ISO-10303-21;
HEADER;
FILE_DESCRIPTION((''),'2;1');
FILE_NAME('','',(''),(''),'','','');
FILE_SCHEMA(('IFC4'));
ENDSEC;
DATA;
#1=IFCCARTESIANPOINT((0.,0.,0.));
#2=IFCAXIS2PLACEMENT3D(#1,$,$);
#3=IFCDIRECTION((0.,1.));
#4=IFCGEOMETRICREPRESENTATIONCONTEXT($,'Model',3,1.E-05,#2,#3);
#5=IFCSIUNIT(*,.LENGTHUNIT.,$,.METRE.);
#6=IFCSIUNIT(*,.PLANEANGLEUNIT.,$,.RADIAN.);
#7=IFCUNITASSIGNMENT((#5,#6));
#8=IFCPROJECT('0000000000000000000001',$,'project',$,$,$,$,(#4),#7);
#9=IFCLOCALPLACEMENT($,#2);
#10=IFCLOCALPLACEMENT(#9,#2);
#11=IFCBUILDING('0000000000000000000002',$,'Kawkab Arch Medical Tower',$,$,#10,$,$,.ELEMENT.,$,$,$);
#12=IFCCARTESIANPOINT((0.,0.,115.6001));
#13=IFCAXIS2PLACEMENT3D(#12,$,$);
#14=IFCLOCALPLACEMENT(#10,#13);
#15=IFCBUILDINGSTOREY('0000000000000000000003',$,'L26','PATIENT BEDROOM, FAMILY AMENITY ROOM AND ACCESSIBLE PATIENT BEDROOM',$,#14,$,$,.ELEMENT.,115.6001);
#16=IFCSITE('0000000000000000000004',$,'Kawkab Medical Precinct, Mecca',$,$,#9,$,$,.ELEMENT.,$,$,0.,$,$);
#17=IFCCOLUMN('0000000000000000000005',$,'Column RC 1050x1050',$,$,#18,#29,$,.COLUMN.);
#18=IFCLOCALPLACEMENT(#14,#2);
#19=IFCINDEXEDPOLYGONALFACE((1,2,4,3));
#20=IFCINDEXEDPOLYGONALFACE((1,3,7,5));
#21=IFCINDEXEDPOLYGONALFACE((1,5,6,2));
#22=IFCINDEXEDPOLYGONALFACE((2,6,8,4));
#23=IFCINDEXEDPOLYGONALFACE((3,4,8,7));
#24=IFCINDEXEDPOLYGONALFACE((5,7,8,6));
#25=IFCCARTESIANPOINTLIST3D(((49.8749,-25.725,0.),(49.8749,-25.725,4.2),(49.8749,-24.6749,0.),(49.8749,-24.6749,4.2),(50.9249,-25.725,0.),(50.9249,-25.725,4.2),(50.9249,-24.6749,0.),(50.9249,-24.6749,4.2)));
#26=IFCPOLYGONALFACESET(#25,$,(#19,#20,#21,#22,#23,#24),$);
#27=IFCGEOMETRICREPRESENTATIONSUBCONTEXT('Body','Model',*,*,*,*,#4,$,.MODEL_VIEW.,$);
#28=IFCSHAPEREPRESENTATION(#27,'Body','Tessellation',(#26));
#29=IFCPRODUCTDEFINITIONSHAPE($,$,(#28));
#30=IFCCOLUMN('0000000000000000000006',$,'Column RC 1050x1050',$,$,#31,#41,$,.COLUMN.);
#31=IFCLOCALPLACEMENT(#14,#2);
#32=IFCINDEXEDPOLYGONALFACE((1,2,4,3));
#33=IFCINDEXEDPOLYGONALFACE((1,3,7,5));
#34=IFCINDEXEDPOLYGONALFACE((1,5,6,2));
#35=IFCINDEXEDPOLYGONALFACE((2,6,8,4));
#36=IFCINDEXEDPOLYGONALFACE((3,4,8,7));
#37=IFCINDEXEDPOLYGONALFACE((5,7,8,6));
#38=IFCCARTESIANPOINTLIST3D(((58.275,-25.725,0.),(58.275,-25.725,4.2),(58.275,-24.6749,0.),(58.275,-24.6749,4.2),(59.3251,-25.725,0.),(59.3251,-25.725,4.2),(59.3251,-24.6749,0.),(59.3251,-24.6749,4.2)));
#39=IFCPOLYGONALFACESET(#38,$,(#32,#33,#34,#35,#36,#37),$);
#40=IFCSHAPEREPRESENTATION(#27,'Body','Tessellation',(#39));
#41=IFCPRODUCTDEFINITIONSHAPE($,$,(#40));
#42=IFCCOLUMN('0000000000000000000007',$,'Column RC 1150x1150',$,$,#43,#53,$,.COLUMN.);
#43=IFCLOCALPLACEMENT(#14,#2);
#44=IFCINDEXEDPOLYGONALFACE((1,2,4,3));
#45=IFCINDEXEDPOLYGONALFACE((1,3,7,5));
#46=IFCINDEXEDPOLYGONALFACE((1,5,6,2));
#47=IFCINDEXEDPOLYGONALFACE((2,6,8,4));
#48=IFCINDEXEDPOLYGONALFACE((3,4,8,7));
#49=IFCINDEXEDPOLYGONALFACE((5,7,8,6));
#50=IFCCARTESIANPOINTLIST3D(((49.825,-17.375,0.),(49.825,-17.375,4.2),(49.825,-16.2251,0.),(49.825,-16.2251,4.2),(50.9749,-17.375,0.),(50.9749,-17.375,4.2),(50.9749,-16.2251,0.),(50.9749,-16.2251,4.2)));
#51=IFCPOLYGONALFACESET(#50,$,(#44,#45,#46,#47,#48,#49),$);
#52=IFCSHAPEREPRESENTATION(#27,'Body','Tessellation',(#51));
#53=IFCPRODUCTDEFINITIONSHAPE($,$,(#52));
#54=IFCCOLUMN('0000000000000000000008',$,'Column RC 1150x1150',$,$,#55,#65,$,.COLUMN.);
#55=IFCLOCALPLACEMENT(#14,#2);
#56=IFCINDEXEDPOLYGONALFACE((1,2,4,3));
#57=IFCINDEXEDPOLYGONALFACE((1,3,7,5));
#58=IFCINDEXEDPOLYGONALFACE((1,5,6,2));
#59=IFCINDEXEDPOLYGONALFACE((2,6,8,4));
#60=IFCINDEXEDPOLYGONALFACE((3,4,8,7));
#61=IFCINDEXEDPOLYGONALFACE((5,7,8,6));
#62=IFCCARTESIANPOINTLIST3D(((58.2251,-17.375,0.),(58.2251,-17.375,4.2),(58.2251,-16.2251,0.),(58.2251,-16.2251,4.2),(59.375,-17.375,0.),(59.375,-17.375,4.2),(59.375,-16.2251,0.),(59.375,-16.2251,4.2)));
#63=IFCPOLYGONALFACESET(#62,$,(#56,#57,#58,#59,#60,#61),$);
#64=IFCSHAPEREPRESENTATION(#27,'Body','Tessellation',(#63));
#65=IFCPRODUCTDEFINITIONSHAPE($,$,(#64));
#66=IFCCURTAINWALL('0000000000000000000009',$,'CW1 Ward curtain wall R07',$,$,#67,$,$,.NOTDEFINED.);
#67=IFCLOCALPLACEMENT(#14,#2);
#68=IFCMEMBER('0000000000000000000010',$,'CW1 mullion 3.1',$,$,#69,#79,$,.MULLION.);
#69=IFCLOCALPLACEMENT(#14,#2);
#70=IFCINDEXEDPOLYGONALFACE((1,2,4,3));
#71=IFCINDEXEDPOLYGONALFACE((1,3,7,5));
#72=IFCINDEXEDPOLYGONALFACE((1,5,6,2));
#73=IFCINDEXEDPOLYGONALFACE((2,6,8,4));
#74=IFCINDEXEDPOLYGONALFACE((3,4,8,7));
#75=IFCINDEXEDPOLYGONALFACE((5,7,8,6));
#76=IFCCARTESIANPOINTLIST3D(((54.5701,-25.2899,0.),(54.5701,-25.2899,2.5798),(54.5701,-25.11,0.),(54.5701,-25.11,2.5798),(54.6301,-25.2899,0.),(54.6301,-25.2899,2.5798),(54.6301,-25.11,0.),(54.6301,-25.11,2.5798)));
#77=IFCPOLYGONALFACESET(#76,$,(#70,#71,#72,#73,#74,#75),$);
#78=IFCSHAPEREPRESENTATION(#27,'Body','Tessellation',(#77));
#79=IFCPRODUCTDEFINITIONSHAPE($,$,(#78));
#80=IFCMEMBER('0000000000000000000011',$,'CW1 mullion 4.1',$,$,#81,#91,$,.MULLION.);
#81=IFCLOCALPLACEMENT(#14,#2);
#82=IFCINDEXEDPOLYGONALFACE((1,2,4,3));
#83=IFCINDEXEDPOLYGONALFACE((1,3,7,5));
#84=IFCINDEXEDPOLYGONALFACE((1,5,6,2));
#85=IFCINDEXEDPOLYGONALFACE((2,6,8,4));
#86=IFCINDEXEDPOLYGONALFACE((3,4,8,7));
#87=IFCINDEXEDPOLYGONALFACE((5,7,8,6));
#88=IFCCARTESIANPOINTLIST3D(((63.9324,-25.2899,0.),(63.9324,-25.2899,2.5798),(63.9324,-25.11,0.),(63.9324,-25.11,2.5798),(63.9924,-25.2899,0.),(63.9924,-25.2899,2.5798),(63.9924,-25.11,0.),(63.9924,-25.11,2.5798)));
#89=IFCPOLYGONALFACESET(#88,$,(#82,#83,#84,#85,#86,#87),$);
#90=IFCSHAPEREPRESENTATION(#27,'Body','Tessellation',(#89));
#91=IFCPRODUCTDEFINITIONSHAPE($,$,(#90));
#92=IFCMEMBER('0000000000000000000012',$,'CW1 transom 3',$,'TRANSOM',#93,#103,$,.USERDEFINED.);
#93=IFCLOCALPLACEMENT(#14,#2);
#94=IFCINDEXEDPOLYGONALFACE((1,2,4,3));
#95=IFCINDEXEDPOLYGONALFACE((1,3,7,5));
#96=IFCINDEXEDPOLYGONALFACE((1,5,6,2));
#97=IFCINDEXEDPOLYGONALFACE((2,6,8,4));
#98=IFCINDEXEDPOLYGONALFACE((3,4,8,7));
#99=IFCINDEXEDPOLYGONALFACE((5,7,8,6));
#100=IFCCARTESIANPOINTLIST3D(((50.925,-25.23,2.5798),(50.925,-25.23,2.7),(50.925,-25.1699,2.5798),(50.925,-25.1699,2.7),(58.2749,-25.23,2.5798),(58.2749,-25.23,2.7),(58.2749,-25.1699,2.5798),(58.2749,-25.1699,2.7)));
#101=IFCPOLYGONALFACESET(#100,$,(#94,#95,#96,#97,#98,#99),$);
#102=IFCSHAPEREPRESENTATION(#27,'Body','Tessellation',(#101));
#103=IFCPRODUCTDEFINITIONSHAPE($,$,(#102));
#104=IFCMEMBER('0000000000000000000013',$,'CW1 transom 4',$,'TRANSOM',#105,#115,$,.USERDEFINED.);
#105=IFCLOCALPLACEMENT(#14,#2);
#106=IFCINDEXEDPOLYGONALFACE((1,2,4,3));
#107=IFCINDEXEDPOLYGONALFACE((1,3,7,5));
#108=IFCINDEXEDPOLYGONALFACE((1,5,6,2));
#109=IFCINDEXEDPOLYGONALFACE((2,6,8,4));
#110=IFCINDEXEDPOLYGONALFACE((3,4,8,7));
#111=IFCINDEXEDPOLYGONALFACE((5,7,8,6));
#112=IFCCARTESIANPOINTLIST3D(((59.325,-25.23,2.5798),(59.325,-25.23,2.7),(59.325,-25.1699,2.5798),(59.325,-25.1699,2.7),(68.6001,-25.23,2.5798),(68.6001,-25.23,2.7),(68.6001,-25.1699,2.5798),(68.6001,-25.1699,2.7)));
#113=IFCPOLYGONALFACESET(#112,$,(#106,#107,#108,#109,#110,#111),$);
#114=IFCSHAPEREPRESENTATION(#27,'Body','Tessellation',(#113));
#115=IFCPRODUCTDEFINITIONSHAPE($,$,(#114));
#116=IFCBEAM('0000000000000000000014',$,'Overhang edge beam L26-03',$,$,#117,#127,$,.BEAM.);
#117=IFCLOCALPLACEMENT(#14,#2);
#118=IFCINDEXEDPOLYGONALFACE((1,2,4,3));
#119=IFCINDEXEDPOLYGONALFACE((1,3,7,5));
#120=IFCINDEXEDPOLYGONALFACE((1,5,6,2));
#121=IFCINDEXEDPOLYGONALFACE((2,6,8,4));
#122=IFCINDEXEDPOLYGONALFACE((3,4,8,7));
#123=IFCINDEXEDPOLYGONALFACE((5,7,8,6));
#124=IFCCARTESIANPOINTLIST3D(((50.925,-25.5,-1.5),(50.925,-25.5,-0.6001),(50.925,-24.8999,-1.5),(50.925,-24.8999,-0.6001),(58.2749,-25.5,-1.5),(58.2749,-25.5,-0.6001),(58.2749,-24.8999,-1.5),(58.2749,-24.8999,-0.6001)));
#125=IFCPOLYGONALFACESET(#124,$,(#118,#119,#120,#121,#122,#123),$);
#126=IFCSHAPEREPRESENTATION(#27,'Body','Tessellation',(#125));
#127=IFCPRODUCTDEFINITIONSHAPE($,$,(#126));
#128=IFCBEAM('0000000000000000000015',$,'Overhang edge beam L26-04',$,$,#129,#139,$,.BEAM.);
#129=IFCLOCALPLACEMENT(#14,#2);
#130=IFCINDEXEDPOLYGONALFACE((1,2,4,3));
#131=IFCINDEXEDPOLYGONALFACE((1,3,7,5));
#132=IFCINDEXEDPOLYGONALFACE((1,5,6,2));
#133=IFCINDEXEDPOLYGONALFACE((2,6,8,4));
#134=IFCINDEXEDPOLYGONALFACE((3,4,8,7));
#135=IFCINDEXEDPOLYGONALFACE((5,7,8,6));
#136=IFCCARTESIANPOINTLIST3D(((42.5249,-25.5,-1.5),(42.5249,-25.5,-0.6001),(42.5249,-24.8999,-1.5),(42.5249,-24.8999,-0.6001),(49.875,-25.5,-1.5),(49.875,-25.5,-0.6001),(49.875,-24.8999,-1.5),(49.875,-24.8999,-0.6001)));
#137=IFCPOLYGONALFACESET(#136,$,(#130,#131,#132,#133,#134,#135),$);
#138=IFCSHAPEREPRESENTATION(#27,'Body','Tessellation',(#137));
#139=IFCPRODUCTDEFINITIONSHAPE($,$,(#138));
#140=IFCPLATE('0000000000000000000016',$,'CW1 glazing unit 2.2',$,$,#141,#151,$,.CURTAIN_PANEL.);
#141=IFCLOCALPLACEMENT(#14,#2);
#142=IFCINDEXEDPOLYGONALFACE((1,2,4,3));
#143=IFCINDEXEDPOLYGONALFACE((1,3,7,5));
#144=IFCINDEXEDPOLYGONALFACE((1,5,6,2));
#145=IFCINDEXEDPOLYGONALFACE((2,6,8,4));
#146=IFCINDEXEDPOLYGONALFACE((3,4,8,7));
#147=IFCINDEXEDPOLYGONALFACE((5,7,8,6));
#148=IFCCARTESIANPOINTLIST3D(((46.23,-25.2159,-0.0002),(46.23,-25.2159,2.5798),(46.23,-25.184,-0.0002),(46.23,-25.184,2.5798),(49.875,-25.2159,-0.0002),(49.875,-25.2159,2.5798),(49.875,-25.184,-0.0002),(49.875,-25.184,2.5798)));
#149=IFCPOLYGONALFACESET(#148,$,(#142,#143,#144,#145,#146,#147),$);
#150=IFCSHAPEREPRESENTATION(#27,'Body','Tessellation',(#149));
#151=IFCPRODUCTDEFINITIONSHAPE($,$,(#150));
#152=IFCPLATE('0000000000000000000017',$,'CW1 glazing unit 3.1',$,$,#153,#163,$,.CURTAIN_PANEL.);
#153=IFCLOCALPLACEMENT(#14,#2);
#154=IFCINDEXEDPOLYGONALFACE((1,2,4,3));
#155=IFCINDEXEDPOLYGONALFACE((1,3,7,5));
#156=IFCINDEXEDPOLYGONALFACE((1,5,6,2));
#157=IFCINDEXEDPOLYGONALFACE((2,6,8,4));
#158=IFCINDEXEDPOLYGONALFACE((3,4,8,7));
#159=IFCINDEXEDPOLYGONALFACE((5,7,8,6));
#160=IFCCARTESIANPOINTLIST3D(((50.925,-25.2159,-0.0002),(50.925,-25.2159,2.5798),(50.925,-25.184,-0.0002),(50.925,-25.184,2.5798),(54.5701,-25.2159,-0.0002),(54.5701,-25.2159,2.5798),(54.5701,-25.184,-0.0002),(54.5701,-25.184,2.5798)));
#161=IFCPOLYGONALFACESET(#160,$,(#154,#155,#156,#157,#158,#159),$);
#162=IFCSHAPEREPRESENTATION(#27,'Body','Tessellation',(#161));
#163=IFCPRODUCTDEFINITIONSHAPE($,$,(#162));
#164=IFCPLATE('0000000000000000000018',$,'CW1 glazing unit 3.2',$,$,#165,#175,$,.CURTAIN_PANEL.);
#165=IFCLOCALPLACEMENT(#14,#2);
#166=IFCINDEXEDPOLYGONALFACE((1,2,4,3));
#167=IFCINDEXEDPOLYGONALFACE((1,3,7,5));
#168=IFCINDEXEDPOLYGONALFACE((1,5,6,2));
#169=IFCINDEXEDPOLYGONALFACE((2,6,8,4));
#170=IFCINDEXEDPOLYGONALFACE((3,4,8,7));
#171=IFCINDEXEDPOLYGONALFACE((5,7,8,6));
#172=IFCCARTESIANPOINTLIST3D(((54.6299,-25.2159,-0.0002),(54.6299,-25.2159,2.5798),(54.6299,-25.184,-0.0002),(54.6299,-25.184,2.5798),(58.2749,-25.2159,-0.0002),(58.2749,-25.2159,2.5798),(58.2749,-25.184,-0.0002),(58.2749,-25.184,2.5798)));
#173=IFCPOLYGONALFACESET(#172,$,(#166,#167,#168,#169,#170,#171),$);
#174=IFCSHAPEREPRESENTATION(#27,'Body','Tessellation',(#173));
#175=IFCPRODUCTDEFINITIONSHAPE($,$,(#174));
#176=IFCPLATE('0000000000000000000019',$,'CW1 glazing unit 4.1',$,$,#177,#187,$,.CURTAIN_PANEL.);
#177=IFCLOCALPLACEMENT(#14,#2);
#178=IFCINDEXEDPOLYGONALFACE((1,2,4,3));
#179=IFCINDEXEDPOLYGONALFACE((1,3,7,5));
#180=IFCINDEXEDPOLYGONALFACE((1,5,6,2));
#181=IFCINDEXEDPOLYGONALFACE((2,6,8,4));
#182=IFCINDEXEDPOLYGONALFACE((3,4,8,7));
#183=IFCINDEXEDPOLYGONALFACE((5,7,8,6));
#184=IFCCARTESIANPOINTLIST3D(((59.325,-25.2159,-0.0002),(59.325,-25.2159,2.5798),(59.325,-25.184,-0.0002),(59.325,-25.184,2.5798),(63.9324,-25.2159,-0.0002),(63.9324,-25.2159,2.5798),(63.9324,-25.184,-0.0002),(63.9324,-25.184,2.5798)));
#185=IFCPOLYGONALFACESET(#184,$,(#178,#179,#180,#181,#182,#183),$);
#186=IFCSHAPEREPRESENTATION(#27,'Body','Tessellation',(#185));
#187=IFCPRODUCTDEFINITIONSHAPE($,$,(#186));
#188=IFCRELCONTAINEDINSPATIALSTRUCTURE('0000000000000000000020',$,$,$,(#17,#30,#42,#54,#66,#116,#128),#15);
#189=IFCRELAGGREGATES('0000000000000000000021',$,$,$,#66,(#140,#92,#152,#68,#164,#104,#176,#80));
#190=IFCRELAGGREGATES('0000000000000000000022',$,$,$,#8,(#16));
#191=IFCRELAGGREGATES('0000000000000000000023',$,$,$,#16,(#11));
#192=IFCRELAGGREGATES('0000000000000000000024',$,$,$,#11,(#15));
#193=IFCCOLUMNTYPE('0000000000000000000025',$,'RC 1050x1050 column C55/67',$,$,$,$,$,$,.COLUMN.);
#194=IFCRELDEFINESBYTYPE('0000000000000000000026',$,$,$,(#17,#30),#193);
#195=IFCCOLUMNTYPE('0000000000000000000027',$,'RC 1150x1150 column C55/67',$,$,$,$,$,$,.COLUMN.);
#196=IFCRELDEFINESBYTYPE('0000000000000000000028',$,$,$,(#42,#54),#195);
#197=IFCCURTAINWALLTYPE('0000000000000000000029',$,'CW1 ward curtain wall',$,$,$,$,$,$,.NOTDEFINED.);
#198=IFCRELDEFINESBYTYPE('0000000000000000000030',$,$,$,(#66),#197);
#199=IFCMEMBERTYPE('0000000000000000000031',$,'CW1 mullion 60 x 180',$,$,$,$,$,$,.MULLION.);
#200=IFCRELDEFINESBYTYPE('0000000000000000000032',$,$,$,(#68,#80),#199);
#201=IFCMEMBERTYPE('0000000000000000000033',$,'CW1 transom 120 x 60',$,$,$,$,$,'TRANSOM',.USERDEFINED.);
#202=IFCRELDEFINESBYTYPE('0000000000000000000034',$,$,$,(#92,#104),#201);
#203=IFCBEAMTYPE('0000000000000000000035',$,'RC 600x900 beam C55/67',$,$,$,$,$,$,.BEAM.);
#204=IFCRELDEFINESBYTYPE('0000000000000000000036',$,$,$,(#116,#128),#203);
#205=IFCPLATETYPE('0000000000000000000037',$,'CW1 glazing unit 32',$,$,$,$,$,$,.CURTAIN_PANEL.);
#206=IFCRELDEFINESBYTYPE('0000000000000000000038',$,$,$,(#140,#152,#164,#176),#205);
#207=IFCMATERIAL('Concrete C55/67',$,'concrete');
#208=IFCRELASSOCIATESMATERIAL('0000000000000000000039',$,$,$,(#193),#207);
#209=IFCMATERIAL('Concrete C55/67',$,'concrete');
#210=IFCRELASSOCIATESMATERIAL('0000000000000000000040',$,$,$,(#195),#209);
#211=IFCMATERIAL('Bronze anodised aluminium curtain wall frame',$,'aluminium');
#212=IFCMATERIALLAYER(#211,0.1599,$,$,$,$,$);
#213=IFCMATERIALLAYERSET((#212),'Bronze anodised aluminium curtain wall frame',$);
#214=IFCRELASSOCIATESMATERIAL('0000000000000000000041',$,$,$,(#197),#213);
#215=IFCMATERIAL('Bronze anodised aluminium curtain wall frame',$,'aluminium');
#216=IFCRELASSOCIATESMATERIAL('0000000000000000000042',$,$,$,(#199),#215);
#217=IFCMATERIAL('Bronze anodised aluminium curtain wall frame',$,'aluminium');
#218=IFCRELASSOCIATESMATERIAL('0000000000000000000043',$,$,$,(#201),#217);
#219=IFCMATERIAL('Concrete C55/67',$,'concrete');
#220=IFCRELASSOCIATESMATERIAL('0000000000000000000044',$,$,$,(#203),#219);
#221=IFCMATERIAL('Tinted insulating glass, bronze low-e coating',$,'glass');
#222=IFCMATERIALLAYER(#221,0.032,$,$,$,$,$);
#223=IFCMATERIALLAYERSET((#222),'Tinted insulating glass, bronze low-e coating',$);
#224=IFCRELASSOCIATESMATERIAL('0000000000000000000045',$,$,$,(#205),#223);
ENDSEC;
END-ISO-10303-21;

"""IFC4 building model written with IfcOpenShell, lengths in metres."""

from ifc_helpers import new_model, si_unit, direction, frame, origin, origin_2d, place, context, subcontext, project, spatial, rectangle, extrude, material, layer, layer_set, material_profile, profile_set, type_object, element, aggregate, save


model = new_model("IFC4")

# Units and contexts
model_context = context("Model", 3, precision=1e-05, world=origin(), true_north=direction((0.0, 1.0)))
body_context = subcontext(model_context, "Body", "Model", "MODEL_VIEW")
ifc_project = project(units=[si_unit("LENGTHUNIT", "METRE"), si_unit("PLANEANGLEUNIT", "RADIAN")], contexts=[model_context])

# Site, building, storey
site_placement = place(None, origin())
site = spatial("IfcSite", under=ifc_project, at=site_placement, Name="Kawkab Medical Precinct, Mecca", CompositionType="ELEMENT", RefElevation=0.0)
building_placement = place(site_placement, origin())
building = spatial("IfcBuilding", under=site, at=building_placement, Name="Kawkab Arch Medical Tower", CompositionType="ELEMENT")
storey_placement = place(building_placement, frame((0.0, 0.0, 115.6001)))
storey = spatial("IfcBuildingStorey", under=building, at=storey_placement, Name="L26", Description="PATIENT BEDROOM, FAMILY AMENITY ROOM AND ACCESSIBLE PATIENT BEDROOM", CompositionType="ELEMENT", Elevation=115.6001)

# Columns
ifc_material_1 = material(Name="Concrete C55/67", Category="concrete")
ifc_material_profile_1 = material_profile(ifc_material_1, rectangle(XDim=1.05, YDim=1.05, at=origin_2d()), Name="RC 1050x1050")
ifc_profile_set_1 = profile_set([ifc_material_profile_1], Name="Concrete C55/67")
column_type_1 = type_object("IfcColumnType", Name="RC 1050x1050 column C55/67", PredefinedType="COLUMN", material=ifc_profile_set_1)
for number, where, z_axis, x_axis, name in (
    (1, (50.3999, -25.2, 0.0), (0.0, 0.0, 1.0), (1.0, 0.0, 0.0), "Column RC 1050x1050"),
    (2, (58.8, -25.2, 0.0), (0.0, 0.0, 1.0), (1.0, 0.0, 0.0), "Column RC 1050x1050"),
):
    element("IfcColumn", number, at=place(storey_placement, frame(where, z_axis=z_axis, x_axis=x_axis)), inside=storey, type_object=column_type_1, Name=name, PredefinedType="COLUMN", context=body_context, shape_type="SweptSolid", body=[
        extrude(rectangle(XDim=1.05, YDim=1.05, at=origin_2d()), origin(), (0.0, 0.0, 1.0), 4.2),
    ])
ifc_material_2 = material(Name="Concrete C55/67", Category="concrete")
ifc_material_profile_2 = material_profile(ifc_material_2, rectangle(XDim=1.1499, YDim=1.1499, at=origin_2d()), Name="RC 1150x1150")
ifc_profile_set_2 = profile_set([ifc_material_profile_2], Name="Concrete C55/67")
column_type_2 = type_object("IfcColumnType", Name="RC 1150x1150 column C55/67", PredefinedType="COLUMN", material=ifc_profile_set_2)
for number, where, z_axis, x_axis, name in (
    (3, (50.3999, -16.8, 0.0), (0.0, 0.0, 1.0), (1.0, 0.0, 0.0), "Column RC 1150x1150"),
    (4, (58.8, -16.8, 0.0), (0.0, 0.0, 1.0), (1.0, 0.0, 0.0), "Column RC 1150x1150"),
):
    element("IfcColumn", number, at=place(storey_placement, frame(where, z_axis=z_axis, x_axis=x_axis)), inside=storey, type_object=column_type_2, Name=name, PredefinedType="COLUMN", context=body_context, shape_type="SweptSolid", body=[
        extrude(rectangle(XDim=1.1499, YDim=1.1499, at=origin_2d()), origin(), (0.0, 0.0, 1.0), 4.2),
    ])

# Curtain wall, members
ifc_material_3 = material(Name="Bronze anodised aluminium curtain wall frame", Category="aluminium")
ifc_layer_1 = layer(ifc_material_3, 0.1599)
ifc_layer_set_1 = layer_set([ifc_layer_1], Name="Bronze anodised aluminium curtain wall frame")
curtain_wall_type = type_object("IfcCurtainWallType", Name="CW1 ward curtain wall", PredefinedType="NOTDEFINED", material=ifc_layer_set_1)
curtain_wall_placement = place(storey_placement, origin())
curtain_wall = element("IfcCurtainWall", 5, at=curtain_wall_placement, inside=storey, type_object=curtain_wall_type, Name="CW1 Ward curtain wall R07", PredefinedType="NOTDEFINED")
ifc_material_4 = material(Name="Bronze anodised aluminium curtain wall frame", Category="aluminium")
ifc_material_profile_3 = material_profile(ifc_material_4, rectangle(XDim=0.1799, YDim=0.0601, at=origin_2d()), Name="AL 60x180")
ifc_profile_set_3 = profile_set([ifc_material_profile_3], Name="Bronze anodised aluminium curtain wall frame")
member_type_1 = type_object("IfcMemberType", Name="CW1 mullion 60 x 180", PredefinedType="MULLION", material=ifc_profile_set_3)
member_1_placement = place(storey_placement, frame((54.6001, -25.2, 0.0), z_axis=(0.0, 0.0, 1.0), x_axis=(0.0, 1.0, 0.0)))
member_1 = element("IfcMember", 6, at=member_1_placement, type_object=member_type_1, Name="CW1 mullion 3.1", PredefinedType="MULLION", context=body_context, shape_type="SweptSolid", body=[
    extrude(rectangle(XDim=0.1799, YDim=0.0601, at=origin_2d()), origin(), (0.0, 0.0, 1.0), 2.5798),
])
member_2_placement = place(storey_placement, frame((63.9624, -25.2, 0.0), z_axis=(0.0, 0.0, 1.0), x_axis=(0.0, 1.0, 0.0)))
member_2 = element("IfcMember", 7, at=member_2_placement, type_object=member_type_1, Name="CW1 mullion 4.1", PredefinedType="MULLION", context=body_context, shape_type="SweptSolid", body=[
    extrude(rectangle(XDim=0.1799, YDim=0.0601, at=origin_2d()), origin(), (0.0, 0.0, 1.0), 2.5798),
])
ifc_material_5 = material(Name="Bronze anodised aluminium curtain wall frame", Category="aluminium")
ifc_material_profile_4 = material_profile(ifc_material_5, rectangle(XDim=0.0601, YDim=0.1201, at=origin_2d()), Name="AL 60x120")
ifc_profile_set_4 = profile_set([ifc_material_profile_4], Name="Bronze anodised aluminium curtain wall frame")
member_type_2 = type_object("IfcMemberType", Name="CW1 transom 120 x 60", ElementType="TRANSOM", PredefinedType="USERDEFINED", material=ifc_profile_set_4)
member_3_placement = place(storey_placement, frame((50.925, -25.2, 2.6399), z_axis=(1.0, 0.0, 0.0), x_axis=(0.0, 1.0, 0.0)))
member_3 = element("IfcMember", 8, at=member_3_placement, type_object=member_type_2, Name="CW1 transom 3", ObjectType="TRANSOM", PredefinedType="USERDEFINED", context=body_context, shape_type="SweptSolid", body=[
    extrude(rectangle(XDim=0.0601, YDim=0.1201, at=origin_2d()), origin(), (0.0, 0.0, 1.0), 7.3499),
])
member_4_placement = place(storey_placement, frame((59.325, -25.2, 2.6399), z_axis=(1.0, 0.0, 0.0), x_axis=(0.0, 1.0, 0.0)))
member_4 = element("IfcMember", 9, at=member_4_placement, type_object=member_type_2, Name="CW1 transom 4", ObjectType="TRANSOM", PredefinedType="USERDEFINED", context=body_context, shape_type="SweptSolid", body=[
    extrude(rectangle(XDim=0.0601, YDim=0.1201, at=origin_2d()), origin(), (0.0, 0.0, 1.0), 9.2751),
])

# Beams
ifc_material_6 = material(Name="Concrete C55/67", Category="concrete")
ifc_material_profile_5 = material_profile(ifc_material_6, rectangle(XDim=0.6001, YDim=0.8999, at=origin_2d()), Name="RC 600x900")
ifc_profile_set_5 = profile_set([ifc_material_profile_5], Name="Concrete C55/67")
beam_type = type_object("IfcBeamType", Name="RC 600x900 beam C55/67", PredefinedType="BEAM", material=ifc_profile_set_5)
beam_1_placement = place(storey_placement, frame((58.2749, -25.2, -1.05), z_axis=(-1.0, 0.0, 0.0), x_axis=(0.0, -1.0, 0.0)))
element("IfcBeam", 10, at=beam_1_placement, inside=storey, type_object=beam_type, Name="Overhang edge beam L26-03", PredefinedType="BEAM", context=body_context, shape_type="SweptSolid", body=[
    extrude(rectangle(XDim=0.6001, YDim=0.8999, at=origin_2d()), origin(), (0.0, 0.0, 1.0), 7.3499),
])
beam_2_placement = place(storey_placement, frame((49.875, -25.2, -1.05), z_axis=(-1.0, 0.0, 0.0), x_axis=(0.0, -1.0, 0.0)))
element("IfcBeam", 11, at=beam_2_placement, inside=storey, type_object=beam_type, Name="Overhang edge beam L26-04", PredefinedType="BEAM", context=body_context, shape_type="SweptSolid", body=[
    extrude(rectangle(XDim=0.6001, YDim=0.8999, at=origin_2d()), origin(), (0.0, 0.0, 1.0), 7.3501),
])

# Plates
ifc_material_7 = material(Name="Tinted insulating glass, bronze low-e coating", Category="glass")
ifc_layer_2 = layer(ifc_material_7, 0.032)
ifc_layer_set_2 = layer_set([ifc_layer_2], Name="Tinted insulating glass, bronze low-e coating")
plate_type = type_object("IfcPlateType", Name="CW1 glazing unit 32", PredefinedType="CURTAIN_PANEL", material=ifc_layer_set_2)
plate_1_placement = place(storey_placement, frame((48.0525, -25.2, -0.0002), z_axis=(0.0, 0.0, 1.0), x_axis=(1.0, 0.0, 0.0)))
plate_1 = element("IfcPlate", 12, at=plate_1_placement, type_object=plate_type, Name="CW1 glazing unit 2.2", PredefinedType="CURTAIN_PANEL", context=body_context, shape_type="SweptSolid", body=[
    extrude(rectangle(XDim=3.645, YDim=0.032, at=origin_2d()), origin(), (0.0, 0.0, 1.0), 2.5801),
])
plate_2_placement = place(storey_placement, frame((52.7476, -25.2, -0.0002), z_axis=(0.0, 0.0, 1.0), x_axis=(1.0, 0.0, 0.0)))
plate_2 = element("IfcPlate", 13, at=plate_2_placement, type_object=plate_type, Name="CW1 glazing unit 3.1", PredefinedType="CURTAIN_PANEL", context=body_context, shape_type="SweptSolid", body=[
    extrude(rectangle(XDim=3.645, YDim=0.032, at=origin_2d()), origin(), (0.0, 0.0, 1.0), 2.5801),
])
plate_3_placement = place(storey_placement, frame((56.4524, -25.2, -0.0002), z_axis=(0.0, 0.0, 1.0), x_axis=(1.0, 0.0, 0.0)))
plate_3 = element("IfcPlate", 14, at=plate_3_placement, type_object=plate_type, Name="CW1 glazing unit 3.2", PredefinedType="CURTAIN_PANEL", context=body_context, shape_type="SweptSolid", body=[
    extrude(rectangle(XDim=3.645, YDim=0.032, at=origin_2d()), origin(), (0.0, 0.0, 1.0), 2.5801),
])
plate_4_placement = place(storey_placement, frame((61.6287, -25.2, -0.0002), z_axis=(0.0, 0.0, 1.0), x_axis=(1.0, 0.0, 0.0)))
plate_4 = element("IfcPlate", 15, at=plate_4_placement, type_object=plate_type, Name="CW1 glazing unit 4.1", PredefinedType="CURTAIN_PANEL", context=body_context, shape_type="SweptSolid", body=[
    extrude(rectangle(XDim=4.6074, YDim=0.032, at=origin_2d()), origin(), (0.0, 0.0, 1.0), 2.5801),
])
aggregate(curtain_wall, [plate_1, member_3, plate_2, member_1, plate_3, member_4, plate_4, member_2])

save(model, "model.ifc")
